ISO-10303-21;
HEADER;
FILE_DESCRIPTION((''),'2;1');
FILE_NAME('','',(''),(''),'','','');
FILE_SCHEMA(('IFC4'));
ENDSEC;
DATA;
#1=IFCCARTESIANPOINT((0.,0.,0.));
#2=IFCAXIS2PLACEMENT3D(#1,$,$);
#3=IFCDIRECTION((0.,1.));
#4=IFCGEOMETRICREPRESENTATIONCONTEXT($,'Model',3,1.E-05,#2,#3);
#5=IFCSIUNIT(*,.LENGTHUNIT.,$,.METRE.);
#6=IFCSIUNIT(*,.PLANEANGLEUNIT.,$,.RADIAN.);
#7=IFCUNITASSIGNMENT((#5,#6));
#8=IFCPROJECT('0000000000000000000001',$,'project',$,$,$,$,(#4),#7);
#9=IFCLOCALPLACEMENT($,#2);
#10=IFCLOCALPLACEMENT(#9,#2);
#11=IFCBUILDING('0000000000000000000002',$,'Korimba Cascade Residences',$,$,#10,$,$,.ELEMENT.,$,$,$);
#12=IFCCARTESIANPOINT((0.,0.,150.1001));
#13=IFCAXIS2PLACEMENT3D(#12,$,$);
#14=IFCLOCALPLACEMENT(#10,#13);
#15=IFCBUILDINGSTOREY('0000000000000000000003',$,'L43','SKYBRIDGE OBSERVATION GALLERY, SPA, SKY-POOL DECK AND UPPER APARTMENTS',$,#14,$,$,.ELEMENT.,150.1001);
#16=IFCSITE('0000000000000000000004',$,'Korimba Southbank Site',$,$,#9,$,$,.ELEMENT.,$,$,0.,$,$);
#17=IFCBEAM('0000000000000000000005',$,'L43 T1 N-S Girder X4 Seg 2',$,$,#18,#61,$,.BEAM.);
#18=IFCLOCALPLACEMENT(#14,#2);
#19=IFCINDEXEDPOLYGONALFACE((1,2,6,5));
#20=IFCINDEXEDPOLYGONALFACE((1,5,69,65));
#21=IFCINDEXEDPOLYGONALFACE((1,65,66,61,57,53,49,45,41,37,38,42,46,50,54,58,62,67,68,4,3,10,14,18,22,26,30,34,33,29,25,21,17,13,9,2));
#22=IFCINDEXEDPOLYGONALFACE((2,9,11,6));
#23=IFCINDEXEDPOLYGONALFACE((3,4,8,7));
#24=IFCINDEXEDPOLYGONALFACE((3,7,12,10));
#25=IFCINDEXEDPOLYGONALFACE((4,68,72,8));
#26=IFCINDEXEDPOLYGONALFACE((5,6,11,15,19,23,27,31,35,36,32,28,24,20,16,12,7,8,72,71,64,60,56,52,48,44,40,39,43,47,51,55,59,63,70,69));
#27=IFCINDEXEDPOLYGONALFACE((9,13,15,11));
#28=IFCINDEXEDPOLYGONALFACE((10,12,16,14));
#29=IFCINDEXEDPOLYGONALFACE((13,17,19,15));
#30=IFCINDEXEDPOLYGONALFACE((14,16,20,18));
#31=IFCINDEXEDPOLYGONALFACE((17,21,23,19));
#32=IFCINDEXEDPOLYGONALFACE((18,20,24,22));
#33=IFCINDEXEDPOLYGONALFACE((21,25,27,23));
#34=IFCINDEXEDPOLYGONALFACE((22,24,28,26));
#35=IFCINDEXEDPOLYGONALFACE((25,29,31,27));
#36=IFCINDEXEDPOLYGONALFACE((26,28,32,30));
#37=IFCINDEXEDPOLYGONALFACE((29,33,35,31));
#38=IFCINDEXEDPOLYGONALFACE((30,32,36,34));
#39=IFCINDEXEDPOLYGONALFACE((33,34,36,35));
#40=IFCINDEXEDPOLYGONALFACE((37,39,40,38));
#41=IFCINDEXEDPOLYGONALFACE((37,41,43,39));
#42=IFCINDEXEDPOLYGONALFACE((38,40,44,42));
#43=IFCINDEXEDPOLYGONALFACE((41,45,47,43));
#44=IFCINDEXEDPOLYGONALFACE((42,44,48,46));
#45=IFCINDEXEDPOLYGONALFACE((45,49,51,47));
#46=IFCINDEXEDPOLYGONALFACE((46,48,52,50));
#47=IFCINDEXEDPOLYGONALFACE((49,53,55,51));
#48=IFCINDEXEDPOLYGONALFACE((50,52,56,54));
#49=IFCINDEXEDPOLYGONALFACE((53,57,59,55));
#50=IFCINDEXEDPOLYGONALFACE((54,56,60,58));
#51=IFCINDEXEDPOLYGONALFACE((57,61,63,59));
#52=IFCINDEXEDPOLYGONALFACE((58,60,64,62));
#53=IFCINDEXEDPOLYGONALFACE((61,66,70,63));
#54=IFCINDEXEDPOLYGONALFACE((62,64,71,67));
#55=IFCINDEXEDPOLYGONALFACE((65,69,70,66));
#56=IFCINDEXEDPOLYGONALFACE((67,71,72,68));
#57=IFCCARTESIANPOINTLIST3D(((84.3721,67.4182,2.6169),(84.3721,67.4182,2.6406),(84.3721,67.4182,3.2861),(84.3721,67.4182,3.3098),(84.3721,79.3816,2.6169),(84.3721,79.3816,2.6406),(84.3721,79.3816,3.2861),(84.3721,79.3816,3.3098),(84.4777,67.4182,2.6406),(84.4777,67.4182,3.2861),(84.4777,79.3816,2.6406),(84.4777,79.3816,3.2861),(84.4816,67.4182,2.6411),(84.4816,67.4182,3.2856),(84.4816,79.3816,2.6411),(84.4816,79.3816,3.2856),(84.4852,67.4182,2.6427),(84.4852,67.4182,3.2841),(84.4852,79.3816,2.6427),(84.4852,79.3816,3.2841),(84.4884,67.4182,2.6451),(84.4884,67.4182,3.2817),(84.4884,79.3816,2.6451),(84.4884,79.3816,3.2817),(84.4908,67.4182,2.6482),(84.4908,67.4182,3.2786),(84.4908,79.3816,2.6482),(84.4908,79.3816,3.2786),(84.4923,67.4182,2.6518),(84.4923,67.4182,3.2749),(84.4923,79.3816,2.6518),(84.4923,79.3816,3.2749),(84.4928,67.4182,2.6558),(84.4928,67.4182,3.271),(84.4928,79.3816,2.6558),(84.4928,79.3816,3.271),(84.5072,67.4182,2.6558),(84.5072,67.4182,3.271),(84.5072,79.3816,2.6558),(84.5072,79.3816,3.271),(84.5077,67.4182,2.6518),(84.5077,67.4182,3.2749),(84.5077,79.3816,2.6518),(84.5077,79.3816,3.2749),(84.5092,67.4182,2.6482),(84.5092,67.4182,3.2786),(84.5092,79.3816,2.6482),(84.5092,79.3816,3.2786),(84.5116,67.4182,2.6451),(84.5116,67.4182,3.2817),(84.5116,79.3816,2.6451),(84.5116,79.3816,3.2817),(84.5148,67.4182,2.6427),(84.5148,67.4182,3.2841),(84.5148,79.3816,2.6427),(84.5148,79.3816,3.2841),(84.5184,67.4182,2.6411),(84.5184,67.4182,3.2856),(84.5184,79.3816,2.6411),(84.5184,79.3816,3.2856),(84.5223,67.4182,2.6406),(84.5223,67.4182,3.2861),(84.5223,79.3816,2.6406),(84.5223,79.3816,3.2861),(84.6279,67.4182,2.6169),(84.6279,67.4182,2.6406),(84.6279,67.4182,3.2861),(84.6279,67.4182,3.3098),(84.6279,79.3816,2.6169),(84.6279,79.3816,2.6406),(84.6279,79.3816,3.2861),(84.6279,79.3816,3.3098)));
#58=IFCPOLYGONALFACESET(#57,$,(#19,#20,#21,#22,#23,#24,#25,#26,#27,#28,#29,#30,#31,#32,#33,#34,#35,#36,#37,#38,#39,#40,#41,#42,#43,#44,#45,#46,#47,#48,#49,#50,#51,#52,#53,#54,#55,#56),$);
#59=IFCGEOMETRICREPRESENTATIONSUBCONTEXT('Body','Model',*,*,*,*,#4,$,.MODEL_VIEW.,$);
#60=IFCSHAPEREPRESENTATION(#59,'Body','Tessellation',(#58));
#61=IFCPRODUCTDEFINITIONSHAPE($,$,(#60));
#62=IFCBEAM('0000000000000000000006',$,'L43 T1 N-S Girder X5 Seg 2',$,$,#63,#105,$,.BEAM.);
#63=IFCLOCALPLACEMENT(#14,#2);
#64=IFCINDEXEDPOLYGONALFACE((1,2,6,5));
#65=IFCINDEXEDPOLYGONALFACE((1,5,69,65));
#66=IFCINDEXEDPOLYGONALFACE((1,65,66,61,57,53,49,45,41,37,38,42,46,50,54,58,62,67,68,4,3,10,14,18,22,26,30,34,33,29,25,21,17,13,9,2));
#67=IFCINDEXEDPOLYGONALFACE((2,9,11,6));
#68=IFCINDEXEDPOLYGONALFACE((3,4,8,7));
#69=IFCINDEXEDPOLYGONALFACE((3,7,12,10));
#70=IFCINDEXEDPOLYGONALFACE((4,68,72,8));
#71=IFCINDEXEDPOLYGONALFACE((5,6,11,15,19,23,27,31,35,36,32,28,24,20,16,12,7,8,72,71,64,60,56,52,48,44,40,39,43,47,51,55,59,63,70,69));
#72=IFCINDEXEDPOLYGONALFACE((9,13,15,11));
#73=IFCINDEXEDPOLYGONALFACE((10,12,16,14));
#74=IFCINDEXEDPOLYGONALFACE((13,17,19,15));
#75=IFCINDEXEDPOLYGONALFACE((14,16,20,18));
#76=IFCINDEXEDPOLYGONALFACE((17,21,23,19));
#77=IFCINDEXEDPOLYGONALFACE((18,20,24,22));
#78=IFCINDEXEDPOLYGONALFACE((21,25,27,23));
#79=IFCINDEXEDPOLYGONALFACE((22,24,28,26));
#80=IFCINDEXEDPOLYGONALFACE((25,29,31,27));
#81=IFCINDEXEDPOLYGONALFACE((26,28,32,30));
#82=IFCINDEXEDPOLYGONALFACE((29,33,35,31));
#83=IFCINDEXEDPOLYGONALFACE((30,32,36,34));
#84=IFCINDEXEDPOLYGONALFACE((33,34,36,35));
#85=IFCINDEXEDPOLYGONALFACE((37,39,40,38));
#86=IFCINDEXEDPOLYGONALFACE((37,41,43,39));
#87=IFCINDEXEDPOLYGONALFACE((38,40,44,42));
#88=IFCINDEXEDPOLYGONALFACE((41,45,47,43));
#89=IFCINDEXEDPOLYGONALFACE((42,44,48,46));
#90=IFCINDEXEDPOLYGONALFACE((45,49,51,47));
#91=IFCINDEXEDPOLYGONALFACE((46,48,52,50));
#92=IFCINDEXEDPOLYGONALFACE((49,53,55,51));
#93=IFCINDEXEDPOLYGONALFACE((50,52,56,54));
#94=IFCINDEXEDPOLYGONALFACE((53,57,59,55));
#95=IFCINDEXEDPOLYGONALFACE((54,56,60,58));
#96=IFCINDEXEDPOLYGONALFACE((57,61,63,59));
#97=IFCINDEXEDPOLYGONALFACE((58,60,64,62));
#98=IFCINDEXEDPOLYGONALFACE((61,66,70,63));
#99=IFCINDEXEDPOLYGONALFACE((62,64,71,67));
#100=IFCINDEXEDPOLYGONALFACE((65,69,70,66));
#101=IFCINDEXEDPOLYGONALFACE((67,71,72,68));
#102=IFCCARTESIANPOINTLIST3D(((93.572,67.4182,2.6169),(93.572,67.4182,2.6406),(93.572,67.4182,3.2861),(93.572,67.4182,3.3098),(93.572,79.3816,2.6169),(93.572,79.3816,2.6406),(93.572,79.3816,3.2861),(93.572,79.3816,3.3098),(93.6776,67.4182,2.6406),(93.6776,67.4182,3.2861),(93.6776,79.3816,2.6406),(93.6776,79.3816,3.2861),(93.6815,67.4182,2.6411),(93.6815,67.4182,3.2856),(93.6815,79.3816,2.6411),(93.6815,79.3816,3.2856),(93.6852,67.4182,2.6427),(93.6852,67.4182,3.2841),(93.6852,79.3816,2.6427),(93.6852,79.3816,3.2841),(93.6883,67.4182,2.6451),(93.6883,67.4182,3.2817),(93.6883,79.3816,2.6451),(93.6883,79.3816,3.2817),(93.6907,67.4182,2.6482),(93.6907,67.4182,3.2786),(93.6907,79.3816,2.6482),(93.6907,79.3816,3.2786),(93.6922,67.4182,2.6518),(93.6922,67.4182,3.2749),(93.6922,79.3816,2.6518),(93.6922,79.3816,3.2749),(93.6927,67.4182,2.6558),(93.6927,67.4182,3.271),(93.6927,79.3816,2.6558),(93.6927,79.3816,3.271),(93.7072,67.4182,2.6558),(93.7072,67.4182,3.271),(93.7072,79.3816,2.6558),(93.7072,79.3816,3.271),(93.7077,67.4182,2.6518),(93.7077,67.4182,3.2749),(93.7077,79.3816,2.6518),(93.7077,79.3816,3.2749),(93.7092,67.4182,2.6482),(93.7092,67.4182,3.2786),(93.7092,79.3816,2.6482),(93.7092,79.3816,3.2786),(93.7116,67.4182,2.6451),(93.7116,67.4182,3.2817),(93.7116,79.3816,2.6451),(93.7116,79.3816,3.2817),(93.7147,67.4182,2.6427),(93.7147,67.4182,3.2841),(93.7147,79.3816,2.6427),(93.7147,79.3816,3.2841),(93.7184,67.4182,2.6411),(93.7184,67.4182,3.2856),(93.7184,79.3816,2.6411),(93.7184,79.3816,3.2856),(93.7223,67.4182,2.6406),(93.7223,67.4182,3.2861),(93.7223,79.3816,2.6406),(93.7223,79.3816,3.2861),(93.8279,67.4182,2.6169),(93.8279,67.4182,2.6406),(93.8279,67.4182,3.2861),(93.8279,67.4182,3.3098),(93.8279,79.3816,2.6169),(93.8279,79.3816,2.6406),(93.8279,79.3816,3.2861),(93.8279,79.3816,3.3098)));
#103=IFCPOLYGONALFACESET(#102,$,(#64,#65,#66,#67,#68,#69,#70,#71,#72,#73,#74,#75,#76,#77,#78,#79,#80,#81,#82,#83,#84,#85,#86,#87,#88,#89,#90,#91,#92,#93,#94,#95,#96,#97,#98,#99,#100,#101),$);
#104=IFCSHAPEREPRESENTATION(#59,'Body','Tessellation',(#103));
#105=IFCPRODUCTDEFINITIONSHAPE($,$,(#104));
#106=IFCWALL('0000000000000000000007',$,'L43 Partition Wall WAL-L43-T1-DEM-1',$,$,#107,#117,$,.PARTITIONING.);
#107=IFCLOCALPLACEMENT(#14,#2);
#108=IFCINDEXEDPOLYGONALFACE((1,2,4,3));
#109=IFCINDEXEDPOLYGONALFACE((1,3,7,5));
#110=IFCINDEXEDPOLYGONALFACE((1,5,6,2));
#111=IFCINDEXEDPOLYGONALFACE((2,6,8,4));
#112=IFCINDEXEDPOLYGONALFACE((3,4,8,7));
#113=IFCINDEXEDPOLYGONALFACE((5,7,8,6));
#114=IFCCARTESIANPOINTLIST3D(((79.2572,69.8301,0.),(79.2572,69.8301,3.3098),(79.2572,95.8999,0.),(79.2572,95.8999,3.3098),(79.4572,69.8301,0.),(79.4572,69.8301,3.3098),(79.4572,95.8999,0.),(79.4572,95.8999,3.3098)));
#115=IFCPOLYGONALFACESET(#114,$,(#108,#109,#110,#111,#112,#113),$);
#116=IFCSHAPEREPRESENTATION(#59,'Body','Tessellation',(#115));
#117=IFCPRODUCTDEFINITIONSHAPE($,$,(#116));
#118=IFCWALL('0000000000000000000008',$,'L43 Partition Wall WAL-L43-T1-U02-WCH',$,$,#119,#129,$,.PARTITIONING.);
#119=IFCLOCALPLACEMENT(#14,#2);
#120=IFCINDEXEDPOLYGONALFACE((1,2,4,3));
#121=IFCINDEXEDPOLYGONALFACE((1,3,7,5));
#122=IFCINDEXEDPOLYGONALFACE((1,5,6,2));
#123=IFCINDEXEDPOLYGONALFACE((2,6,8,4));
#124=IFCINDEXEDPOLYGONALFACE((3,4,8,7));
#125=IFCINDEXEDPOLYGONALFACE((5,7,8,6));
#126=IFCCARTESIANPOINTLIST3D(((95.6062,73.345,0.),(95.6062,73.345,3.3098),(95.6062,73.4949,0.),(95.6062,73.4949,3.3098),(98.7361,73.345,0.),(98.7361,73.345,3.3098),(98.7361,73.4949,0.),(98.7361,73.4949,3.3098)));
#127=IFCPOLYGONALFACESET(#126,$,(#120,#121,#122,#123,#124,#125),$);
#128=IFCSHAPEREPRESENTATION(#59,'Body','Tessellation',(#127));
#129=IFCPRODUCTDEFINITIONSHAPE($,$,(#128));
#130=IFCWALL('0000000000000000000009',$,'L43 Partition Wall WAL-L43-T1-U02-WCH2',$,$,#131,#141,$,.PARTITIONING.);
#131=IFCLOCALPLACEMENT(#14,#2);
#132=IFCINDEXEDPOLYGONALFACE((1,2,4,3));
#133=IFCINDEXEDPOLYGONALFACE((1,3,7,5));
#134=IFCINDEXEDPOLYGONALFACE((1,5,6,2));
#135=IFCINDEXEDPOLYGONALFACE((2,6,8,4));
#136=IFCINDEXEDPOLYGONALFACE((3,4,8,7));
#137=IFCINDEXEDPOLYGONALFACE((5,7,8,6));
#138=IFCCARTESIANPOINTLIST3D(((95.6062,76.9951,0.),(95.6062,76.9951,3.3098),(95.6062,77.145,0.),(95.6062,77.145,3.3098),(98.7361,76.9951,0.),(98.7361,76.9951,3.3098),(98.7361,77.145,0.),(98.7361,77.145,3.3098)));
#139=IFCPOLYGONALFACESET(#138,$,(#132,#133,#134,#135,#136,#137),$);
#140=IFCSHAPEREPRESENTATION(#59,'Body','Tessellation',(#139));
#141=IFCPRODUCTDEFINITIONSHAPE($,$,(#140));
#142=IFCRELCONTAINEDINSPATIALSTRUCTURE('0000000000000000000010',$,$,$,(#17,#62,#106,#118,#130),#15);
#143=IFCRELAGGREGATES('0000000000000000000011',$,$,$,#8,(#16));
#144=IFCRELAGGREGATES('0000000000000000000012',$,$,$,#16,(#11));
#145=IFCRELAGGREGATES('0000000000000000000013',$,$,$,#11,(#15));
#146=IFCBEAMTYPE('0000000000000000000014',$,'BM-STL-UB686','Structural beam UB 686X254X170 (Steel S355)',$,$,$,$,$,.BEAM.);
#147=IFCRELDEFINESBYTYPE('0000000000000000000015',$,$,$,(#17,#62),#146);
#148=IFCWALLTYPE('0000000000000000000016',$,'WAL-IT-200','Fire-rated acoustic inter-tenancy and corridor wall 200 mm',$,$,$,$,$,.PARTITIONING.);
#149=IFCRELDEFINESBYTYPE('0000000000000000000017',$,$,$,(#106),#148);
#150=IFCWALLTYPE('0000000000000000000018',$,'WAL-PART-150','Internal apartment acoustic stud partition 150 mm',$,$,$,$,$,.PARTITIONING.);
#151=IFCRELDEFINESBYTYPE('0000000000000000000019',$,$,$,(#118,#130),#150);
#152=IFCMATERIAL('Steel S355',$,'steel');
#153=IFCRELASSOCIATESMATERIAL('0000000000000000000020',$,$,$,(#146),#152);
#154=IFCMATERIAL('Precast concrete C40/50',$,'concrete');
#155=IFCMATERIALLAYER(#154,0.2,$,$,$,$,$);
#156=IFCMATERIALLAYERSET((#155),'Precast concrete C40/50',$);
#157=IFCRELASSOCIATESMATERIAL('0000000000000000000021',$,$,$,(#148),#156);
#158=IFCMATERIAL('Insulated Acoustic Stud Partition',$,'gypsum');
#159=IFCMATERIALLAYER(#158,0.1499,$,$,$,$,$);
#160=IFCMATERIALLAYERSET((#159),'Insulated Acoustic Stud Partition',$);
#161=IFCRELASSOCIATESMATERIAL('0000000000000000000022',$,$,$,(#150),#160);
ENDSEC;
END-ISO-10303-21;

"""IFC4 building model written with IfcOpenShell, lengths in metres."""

from ifc_helpers import new_model, si_unit, direction, frame, frame_2d, origin, origin_2d, place, context, subcontext, project, spatial, rectangle, i_section, extrude, material, layer, layer_set, material_profile, profile_set, type_object, element, save


model = new_model("IFC4")

# Units and contexts
model_context = context("Model", 3, precision=1e-05, world=origin(), true_north=direction((0.0, 1.0)))
body_context = subcontext(model_context, "Body", "Model", "MODEL_VIEW")
ifc_project = project(units=[si_unit("LENGTHUNIT", "METRE"), si_unit("PLANEANGLEUNIT", "RADIAN")], contexts=[model_context])

# Site, building, storey
site_placement = place(None, origin())
site = spatial("IfcSite", under=ifc_project, at=site_placement, Name="Korimba Southbank Site", CompositionType="ELEMENT", RefElevation=0.0)
building_placement = place(site_placement, origin())
building = spatial("IfcBuilding", under=site, at=building_placement, Name="Korimba Cascade Residences", CompositionType="ELEMENT")
storey_placement = place(building_placement, frame((0.0, 0.0, 150.1001)))
storey = spatial("IfcBuildingStorey", under=building, at=storey_placement, Name="L43", Description="SKYBRIDGE OBSERVATION GALLERY, SPA, SKY-POOL DECK AND UPPER APARTMENTS", CompositionType="ELEMENT", Elevation=150.1001)

# Beams
ifc_material_1 = material(Name="Steel S355", Category="steel")
ifc_material_profile_1 = material_profile(ifc_material_1, i_section(OverallWidth=0.2559, OverallDepth=0.6929, WebThickness=0.0144, FlangeThickness=0.0237, FilletRadius=0.0151, at=origin_2d()), Name="Steel S355")
ifc_profile_set_1 = profile_set([ifc_material_profile_1], Name="Steel S355")
beam_type_1 = type_object("IfcBeamType", Name="BM-STL-UB686", Description="Structural beam UB 686X254X170 (Steel S355)", PredefinedType="BEAM", material=ifc_profile_set_1)
for number, where, z_axis, x_axis, name in (
    (1, (84.5, 67.4182, 2.9634), (0.0, 1.0, 0.0), (-1.0, 0.0, 0.0), "L43 T1 N-S Girder X4 Seg 2"),
    (2, (93.7, 67.4182, 2.9634), (0.0, 1.0, 0.0), (-1.0, 0.0, 0.0), "L43 T1 N-S Girder X5 Seg 2"),
):
    element("IfcBeam", number, at=place(storey_placement, frame(where, z_axis=z_axis, x_axis=x_axis)), inside=storey, type_object=beam_type_1, Name=name, PredefinedType="BEAM", context=body_context, shape_type="SweptSolid", body=[
        extrude(i_section(OverallWidth=0.2559, OverallDepth=0.6929, WebThickness=0.0144, FlangeThickness=0.0237, FilletRadius=0.0151, at=origin_2d()), origin(), (0.0, 0.0, 1.0), 11.9634),
    ])

# Walls
ifc_material_2 = material(Name="Precast concrete C40/50", Category="concrete")
ifc_layer_1 = layer(ifc_material_2, 0.2)
ifc_layer_set_1 = layer_set([ifc_layer_1], Name="Precast concrete C40/50")
wall_type_1 = type_object("IfcWallType", Name="WAL-IT-200", Description="Fire-rated acoustic inter-tenancy and corridor wall 200 mm", PredefinedType="PARTITIONING", material=ifc_layer_set_1)
wall_1_placement = place(storey_placement, frame((79.3572, 69.8301, 0.0), z_axis=(0.0, 0.0, 1.0), x_axis=(0.0, 1.0, 0.0)))
element("IfcWall", 3, at=wall_1_placement, inside=storey, type_object=wall_type_1, Name="L43 Partition Wall WAL-L43-T1-DEM-1", PredefinedType="PARTITIONING", context=body_context, shape_type="SweptSolid", body=[
    extrude(rectangle(XDim=26.0698, YDim=0.2, at=frame_2d((13.0349, 0.0))), origin(), (0.0, 0.0, 1.0), 3.3098),
])
ifc_material_3 = material(Name="Insulated Acoustic Stud Partition", Category="gypsum")
ifc_layer_2 = layer(ifc_material_3, 0.1499)
ifc_layer_set_2 = layer_set([ifc_layer_2], Name="Insulated Acoustic Stud Partition")
wall_type_2 = type_object("IfcWallType", Name="WAL-PART-150", Description="Internal apartment acoustic stud partition 150 mm", PredefinedType="PARTITIONING", material=ifc_layer_set_2)
for number, where, z_axis, x_axis, name in (
    (4, (95.6062, 73.4199, 0.0), (0.0, 0.0, 1.0), (1.0, 0.0, 0.0), "L43 Partition Wall WAL-L43-T1-U02-WCH"),
    (5, (95.6062, 77.0701, 0.0), (0.0, 0.0, 1.0), (1.0, 0.0, 0.0), "L43 Partition Wall WAL-L43-T1-U02-WCH2"),
):
    element("IfcWall", number, at=place(storey_placement, frame(where, z_axis=z_axis, x_axis=x_axis)), inside=storey, type_object=wall_type_2, Name=name, PredefinedType="PARTITIONING", context=body_context, shape_type="SweptSolid", body=[
        extrude(rectangle(XDim=3.1299, YDim=0.1499, at=frame_2d((1.5649, 0.0))), origin(), (0.0, 0.0, 1.0), 3.3098),
    ])

save(model, "model.ifc")
